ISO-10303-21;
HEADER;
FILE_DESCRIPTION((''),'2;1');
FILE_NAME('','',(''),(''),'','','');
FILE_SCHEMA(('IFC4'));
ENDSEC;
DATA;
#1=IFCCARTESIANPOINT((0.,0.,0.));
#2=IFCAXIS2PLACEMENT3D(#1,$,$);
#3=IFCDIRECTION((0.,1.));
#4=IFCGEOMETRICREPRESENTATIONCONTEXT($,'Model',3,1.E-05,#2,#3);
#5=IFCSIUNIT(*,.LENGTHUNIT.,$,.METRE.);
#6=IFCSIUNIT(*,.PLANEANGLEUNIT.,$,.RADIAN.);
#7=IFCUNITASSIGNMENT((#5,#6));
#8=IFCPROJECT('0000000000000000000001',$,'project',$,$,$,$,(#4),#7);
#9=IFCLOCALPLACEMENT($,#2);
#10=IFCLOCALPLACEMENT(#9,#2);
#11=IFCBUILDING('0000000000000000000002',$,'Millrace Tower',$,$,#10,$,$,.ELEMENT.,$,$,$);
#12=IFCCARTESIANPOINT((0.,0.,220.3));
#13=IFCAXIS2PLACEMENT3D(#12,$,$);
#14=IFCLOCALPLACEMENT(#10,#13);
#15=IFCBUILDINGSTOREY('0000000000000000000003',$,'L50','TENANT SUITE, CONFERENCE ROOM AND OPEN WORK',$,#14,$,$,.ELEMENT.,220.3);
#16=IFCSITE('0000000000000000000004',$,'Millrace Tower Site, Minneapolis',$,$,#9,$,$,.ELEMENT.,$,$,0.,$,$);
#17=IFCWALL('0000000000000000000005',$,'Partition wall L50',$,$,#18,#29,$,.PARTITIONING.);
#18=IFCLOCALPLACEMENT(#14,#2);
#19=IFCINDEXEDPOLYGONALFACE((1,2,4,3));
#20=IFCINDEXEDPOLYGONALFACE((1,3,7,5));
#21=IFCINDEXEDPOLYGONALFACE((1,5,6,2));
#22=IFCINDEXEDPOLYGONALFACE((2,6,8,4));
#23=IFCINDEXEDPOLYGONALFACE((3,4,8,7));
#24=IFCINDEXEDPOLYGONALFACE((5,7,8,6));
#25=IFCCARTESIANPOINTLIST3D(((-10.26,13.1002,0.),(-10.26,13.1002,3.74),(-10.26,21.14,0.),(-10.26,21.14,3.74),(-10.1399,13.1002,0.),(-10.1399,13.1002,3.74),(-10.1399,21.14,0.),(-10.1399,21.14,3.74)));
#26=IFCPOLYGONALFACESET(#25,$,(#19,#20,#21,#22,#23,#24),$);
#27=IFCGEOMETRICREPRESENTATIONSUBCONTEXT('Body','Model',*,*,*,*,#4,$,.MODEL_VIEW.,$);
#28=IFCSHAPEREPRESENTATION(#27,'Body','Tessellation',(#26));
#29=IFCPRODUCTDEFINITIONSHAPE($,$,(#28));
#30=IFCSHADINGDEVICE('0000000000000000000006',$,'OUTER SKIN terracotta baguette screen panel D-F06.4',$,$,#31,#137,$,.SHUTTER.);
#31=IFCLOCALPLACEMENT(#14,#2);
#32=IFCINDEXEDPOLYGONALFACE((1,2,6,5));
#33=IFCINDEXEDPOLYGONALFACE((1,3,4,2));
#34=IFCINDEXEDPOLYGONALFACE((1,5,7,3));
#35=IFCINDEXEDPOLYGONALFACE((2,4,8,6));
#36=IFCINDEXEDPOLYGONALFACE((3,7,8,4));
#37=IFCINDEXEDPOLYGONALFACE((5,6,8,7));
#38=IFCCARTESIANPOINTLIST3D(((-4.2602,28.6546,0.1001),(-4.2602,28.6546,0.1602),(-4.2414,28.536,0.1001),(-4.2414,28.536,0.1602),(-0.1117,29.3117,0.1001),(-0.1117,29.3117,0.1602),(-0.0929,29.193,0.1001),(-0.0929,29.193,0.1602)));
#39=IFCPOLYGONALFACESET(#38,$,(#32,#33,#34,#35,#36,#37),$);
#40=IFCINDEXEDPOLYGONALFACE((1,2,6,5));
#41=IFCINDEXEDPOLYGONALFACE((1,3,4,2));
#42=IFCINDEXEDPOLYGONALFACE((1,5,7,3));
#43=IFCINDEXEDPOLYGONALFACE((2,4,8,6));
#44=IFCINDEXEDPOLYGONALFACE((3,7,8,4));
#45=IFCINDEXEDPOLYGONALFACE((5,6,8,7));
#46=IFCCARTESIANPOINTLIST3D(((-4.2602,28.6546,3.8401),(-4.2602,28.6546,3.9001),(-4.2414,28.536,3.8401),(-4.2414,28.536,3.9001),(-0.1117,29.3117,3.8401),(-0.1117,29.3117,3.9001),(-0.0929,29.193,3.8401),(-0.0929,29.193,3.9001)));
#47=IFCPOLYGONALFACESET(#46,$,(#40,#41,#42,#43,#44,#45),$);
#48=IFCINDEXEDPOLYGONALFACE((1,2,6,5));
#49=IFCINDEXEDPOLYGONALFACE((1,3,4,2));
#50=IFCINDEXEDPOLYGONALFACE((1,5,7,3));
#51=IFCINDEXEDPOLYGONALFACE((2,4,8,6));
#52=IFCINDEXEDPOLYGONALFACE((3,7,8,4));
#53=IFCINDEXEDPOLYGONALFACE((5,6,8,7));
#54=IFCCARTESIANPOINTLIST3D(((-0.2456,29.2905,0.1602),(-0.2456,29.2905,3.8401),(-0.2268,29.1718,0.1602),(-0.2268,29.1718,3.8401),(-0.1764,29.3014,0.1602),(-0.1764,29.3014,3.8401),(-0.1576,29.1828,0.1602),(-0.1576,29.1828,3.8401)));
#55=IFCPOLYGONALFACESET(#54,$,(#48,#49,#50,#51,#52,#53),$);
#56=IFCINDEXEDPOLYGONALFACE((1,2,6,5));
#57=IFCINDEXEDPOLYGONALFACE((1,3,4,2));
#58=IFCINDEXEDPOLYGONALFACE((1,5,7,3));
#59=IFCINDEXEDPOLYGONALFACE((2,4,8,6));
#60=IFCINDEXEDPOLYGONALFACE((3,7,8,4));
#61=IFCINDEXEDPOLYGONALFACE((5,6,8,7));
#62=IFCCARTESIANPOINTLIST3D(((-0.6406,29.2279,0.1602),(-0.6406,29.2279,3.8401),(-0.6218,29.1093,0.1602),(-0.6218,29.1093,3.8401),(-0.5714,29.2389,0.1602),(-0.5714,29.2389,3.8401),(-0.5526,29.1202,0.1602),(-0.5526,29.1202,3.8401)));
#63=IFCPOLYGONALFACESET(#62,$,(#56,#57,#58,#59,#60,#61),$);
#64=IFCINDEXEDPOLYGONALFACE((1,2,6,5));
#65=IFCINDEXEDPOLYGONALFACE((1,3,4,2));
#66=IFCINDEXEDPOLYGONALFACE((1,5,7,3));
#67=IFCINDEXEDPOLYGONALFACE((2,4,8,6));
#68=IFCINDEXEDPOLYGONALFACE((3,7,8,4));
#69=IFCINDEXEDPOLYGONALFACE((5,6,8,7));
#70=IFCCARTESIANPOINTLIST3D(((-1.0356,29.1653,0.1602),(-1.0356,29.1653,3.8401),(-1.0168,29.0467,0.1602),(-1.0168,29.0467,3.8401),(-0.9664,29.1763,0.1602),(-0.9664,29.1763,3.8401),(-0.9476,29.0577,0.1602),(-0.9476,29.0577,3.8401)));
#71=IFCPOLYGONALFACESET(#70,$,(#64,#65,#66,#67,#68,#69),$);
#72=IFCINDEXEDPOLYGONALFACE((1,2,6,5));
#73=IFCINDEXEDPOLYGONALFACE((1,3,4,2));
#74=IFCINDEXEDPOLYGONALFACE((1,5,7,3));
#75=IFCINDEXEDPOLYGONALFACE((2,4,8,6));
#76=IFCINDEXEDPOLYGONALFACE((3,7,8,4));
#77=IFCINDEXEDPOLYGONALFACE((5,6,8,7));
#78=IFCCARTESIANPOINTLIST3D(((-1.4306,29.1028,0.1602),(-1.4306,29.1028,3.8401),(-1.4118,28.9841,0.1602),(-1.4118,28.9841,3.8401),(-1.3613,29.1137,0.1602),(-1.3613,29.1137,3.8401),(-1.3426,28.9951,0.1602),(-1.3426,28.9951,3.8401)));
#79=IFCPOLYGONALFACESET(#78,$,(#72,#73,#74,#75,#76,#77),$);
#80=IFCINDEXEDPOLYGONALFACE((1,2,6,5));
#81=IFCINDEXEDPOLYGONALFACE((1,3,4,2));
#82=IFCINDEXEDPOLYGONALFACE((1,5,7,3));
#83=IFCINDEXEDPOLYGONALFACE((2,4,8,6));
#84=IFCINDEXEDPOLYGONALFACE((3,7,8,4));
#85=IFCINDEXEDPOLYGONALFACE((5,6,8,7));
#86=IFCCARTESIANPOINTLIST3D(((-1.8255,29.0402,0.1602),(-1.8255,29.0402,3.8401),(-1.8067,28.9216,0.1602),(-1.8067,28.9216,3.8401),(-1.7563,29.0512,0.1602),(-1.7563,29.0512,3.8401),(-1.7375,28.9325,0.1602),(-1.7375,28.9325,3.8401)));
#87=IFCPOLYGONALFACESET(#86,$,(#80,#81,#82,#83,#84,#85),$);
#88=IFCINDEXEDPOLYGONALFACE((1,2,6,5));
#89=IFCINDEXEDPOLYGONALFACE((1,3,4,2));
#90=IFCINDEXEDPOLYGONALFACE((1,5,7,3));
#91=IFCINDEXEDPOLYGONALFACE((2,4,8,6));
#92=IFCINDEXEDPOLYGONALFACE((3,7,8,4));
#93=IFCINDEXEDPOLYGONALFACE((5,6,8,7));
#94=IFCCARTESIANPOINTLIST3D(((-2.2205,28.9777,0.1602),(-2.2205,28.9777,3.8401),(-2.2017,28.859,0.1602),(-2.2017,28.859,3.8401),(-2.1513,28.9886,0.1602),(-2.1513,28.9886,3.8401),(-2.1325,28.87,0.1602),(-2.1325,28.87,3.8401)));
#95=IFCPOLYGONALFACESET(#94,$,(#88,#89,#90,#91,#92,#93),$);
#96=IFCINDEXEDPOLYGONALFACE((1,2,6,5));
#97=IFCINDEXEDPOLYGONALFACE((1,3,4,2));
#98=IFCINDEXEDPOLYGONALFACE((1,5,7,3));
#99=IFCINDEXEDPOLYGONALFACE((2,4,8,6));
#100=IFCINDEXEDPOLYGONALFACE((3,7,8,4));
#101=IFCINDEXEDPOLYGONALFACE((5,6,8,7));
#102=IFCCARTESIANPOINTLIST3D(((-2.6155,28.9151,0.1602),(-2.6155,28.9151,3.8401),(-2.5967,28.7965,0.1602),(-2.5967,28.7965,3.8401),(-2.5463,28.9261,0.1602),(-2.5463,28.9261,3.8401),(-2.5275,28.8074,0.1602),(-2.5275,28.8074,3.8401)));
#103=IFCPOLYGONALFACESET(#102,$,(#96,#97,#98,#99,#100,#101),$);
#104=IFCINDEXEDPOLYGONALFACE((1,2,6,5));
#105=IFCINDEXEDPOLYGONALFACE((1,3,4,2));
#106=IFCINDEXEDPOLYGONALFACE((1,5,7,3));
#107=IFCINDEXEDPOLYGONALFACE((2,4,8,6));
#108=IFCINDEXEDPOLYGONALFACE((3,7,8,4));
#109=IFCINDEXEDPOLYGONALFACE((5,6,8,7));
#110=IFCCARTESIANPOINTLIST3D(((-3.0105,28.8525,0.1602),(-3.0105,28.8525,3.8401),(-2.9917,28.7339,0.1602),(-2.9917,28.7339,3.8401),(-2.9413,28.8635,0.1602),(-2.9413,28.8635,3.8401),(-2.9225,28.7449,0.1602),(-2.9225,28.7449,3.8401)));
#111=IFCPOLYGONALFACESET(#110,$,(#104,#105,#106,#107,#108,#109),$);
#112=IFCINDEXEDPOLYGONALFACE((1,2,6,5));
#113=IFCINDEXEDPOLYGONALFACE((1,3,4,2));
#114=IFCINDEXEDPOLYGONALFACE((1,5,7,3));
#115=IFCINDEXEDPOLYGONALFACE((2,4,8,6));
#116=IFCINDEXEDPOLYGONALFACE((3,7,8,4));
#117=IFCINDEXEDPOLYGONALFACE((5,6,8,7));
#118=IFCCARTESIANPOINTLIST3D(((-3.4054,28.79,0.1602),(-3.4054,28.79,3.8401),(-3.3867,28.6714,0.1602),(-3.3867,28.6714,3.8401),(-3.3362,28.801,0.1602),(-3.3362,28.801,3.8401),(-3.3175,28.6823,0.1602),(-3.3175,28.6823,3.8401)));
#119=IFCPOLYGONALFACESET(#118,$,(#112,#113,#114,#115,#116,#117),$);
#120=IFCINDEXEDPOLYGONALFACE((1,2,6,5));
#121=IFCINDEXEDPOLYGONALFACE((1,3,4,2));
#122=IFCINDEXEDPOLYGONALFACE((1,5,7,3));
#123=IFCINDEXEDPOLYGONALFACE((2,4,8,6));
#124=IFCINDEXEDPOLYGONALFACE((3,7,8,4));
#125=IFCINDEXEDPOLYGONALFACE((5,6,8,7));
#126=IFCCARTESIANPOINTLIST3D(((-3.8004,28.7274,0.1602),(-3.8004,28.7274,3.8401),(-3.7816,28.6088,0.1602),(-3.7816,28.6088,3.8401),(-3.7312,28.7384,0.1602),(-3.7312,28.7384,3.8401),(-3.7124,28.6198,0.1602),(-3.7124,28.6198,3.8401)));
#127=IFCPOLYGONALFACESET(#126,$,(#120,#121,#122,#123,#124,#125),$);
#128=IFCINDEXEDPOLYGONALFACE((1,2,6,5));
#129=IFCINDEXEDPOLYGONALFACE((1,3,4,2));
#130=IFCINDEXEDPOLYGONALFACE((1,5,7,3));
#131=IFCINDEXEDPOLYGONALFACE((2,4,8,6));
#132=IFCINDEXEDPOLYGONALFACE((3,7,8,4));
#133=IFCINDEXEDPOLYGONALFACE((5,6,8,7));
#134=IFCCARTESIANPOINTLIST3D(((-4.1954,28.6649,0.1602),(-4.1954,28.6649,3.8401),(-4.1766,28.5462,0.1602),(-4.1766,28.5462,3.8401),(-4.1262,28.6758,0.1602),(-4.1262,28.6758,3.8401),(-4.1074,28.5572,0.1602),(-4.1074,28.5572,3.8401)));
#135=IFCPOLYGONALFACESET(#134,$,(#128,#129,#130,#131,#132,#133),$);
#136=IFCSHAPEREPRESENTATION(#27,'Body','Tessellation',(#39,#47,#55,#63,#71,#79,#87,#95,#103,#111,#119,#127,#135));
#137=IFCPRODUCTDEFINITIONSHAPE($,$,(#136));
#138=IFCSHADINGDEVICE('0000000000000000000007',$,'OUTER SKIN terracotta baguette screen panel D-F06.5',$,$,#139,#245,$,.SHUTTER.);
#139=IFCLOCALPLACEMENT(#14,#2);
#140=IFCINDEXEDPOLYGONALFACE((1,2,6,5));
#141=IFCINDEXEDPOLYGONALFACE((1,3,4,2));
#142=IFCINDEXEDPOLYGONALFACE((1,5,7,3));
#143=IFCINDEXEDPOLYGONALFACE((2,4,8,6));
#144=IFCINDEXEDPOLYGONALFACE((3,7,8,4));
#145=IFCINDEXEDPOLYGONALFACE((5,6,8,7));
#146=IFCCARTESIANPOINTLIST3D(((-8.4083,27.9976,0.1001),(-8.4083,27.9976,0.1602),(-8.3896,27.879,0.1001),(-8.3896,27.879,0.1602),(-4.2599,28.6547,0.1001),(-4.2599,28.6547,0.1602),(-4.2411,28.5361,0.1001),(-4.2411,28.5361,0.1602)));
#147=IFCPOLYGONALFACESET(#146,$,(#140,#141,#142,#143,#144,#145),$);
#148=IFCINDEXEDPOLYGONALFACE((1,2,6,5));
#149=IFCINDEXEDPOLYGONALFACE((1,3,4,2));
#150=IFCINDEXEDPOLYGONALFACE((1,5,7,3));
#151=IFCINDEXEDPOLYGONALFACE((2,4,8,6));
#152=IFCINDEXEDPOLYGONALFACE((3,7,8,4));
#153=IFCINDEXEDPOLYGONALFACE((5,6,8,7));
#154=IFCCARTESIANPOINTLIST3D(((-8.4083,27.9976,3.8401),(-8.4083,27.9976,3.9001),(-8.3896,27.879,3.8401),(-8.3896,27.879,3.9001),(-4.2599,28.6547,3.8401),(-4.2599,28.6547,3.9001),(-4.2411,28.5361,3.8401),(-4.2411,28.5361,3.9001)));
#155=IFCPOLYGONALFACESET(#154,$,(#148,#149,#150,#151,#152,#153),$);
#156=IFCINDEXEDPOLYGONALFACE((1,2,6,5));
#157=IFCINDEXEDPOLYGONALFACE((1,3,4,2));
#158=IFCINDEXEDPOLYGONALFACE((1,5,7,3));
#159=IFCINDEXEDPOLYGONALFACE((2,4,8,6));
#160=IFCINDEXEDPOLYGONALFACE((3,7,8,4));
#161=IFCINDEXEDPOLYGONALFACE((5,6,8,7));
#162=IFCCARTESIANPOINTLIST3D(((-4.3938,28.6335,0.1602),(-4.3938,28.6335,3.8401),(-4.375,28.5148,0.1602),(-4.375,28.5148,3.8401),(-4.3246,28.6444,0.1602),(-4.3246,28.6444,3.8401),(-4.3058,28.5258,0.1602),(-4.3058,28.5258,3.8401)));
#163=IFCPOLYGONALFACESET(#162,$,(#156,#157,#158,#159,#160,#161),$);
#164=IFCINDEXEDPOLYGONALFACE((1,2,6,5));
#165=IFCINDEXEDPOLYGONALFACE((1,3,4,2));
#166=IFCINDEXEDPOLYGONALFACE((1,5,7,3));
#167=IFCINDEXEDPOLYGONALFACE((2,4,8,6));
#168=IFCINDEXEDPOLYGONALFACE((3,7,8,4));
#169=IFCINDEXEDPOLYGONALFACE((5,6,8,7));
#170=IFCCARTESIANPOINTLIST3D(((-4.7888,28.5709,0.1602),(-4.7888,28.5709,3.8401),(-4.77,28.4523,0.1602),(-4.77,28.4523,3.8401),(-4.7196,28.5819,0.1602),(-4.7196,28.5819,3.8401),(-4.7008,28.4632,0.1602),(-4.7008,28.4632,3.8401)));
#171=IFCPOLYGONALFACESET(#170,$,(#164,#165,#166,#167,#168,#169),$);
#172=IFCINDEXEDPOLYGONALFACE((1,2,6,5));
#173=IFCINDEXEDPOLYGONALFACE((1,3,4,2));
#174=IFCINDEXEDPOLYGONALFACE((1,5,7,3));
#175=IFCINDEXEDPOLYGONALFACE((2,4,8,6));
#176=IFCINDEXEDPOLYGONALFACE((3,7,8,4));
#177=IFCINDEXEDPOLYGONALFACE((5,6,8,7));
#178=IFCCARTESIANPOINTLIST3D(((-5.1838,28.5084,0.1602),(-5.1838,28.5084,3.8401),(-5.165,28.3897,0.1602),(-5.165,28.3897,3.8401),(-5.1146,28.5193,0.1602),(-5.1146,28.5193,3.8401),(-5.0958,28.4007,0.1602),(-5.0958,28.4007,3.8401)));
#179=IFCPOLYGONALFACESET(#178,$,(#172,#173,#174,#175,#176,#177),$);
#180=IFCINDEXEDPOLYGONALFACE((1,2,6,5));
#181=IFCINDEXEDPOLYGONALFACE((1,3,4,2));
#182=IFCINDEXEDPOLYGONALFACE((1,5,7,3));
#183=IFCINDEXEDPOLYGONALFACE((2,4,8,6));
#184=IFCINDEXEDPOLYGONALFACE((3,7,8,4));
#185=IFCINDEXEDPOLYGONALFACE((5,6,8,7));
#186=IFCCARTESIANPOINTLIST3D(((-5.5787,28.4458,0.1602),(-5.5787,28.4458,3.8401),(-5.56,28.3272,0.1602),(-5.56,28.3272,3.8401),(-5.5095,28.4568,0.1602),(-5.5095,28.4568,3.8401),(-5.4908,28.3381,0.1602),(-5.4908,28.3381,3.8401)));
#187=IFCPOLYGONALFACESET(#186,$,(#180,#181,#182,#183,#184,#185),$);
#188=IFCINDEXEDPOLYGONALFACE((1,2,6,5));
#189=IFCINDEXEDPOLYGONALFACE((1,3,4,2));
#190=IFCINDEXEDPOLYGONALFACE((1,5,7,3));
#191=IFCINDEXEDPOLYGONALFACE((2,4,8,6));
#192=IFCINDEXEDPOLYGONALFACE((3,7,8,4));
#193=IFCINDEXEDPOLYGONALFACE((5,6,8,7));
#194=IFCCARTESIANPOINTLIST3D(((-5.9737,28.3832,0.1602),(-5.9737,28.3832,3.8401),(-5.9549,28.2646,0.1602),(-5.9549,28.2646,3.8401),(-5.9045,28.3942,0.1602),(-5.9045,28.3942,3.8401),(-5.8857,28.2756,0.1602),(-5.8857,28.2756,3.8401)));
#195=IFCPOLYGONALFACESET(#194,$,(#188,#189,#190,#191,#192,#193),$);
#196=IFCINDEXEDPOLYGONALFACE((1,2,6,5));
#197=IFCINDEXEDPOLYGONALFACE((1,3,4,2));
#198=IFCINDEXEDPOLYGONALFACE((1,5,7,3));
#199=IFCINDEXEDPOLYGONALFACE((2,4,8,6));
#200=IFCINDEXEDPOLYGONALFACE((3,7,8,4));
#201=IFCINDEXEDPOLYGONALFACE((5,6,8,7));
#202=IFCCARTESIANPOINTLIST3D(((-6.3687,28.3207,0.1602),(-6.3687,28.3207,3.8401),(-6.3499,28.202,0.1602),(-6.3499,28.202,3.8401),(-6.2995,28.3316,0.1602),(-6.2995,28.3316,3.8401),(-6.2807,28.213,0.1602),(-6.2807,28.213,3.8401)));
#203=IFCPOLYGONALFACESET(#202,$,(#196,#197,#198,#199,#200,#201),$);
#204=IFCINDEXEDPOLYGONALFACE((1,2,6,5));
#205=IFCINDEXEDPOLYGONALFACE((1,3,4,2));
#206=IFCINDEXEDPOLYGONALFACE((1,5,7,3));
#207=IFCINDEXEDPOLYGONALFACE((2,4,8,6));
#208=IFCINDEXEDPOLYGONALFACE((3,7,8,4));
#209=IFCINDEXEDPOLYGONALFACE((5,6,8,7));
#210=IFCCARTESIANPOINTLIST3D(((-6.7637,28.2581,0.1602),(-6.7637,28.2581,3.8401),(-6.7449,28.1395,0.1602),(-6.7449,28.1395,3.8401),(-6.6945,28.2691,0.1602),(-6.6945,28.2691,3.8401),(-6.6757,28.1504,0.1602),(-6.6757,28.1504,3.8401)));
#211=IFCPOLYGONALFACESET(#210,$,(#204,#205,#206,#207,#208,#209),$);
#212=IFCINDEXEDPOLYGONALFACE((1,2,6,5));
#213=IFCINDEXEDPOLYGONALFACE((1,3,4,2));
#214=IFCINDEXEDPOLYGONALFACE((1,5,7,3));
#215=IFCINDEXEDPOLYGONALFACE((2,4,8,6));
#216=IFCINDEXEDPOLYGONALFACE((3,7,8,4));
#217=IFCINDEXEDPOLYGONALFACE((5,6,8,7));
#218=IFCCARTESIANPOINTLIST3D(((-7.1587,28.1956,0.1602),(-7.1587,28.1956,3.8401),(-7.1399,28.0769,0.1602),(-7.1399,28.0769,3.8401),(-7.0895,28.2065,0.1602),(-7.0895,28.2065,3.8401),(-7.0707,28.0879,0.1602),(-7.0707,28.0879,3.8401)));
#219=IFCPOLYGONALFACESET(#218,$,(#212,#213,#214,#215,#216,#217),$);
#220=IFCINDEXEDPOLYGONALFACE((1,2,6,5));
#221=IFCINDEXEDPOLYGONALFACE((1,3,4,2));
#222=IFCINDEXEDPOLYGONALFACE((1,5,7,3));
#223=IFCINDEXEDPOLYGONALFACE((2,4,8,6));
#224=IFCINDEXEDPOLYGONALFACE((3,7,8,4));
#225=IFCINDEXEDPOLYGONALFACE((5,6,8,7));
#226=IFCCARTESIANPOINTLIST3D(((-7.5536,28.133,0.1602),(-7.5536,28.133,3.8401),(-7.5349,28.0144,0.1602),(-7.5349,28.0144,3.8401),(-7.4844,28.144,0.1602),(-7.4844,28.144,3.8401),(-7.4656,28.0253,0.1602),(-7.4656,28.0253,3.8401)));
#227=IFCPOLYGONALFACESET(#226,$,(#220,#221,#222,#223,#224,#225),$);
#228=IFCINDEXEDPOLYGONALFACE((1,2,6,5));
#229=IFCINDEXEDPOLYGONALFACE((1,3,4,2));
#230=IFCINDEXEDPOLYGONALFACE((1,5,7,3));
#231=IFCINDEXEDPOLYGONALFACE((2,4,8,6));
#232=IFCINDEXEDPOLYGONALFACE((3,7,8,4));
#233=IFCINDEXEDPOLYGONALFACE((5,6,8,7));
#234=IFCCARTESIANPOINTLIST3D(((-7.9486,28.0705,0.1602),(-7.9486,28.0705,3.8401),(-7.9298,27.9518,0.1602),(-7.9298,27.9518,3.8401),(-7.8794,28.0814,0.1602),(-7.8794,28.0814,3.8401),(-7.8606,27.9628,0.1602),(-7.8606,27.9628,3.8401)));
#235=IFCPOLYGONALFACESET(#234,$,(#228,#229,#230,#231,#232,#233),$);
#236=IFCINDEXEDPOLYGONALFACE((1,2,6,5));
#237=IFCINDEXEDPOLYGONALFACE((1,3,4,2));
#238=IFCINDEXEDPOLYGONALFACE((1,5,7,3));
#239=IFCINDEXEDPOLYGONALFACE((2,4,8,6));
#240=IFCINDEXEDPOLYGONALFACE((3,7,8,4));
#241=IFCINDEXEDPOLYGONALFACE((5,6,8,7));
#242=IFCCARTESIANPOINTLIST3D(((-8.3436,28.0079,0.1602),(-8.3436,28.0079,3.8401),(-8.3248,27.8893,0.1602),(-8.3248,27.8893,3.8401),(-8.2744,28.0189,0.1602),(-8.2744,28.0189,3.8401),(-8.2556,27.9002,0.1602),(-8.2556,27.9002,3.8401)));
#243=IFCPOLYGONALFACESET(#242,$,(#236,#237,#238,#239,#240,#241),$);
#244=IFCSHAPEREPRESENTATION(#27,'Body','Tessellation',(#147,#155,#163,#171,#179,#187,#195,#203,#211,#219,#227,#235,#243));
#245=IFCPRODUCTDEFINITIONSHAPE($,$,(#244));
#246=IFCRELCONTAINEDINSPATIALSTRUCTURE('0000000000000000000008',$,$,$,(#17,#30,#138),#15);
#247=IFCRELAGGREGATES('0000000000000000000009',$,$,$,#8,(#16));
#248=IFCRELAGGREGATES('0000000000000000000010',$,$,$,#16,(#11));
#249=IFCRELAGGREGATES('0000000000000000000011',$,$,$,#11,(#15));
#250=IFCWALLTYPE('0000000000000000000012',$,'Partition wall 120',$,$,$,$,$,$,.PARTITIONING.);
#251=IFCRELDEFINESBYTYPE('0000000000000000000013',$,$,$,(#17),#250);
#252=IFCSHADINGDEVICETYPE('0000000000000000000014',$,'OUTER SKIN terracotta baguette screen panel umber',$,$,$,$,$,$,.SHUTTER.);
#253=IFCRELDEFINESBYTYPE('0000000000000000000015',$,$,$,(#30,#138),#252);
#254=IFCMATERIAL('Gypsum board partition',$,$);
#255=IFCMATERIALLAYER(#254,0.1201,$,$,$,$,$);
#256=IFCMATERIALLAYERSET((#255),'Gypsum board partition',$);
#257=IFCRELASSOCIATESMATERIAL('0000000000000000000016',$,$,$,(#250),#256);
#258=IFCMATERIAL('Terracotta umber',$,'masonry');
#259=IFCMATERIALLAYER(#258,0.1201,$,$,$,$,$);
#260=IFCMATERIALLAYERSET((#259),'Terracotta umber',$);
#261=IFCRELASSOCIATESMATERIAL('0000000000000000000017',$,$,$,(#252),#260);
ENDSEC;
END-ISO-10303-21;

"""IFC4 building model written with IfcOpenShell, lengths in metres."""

from ifc_helpers import new_model, entity, si_unit, direction, frame, frame_2d, origin, origin_2d, place, context, subcontext, project, spatial, rectangle, extrude, source, transform, mapped, material, layer, layer_set, type_object, element, save


model = new_model("IFC4")

# Units and contexts
model_context = context("Model", 3, precision=1e-05, world=origin(), true_north=direction((0.0, 1.0)))
body_context = subcontext(model_context, "Body", "Model", "MODEL_VIEW")
ifc_project = project(units=[si_unit("LENGTHUNIT", "METRE"), si_unit("PLANEANGLEUNIT", "RADIAN")], contexts=[model_context])

# Site, building, storey
site_placement = place(None, origin())
site = spatial("IfcSite", under=ifc_project, at=site_placement, Name="Millrace Tower Site, Minneapolis", CompositionType="ELEMENT", RefElevation=0.0)
building_placement = place(site_placement, origin())
building = spatial("IfcBuilding", under=site, at=building_placement, Name="Millrace Tower", CompositionType="ELEMENT")
storey_placement = place(building_placement, frame((0.0, 0.0, 220.3)))
storey = spatial("IfcBuildingStorey", under=building, at=storey_placement, Name="L50", Description="TENANT SUITE, CONFERENCE ROOM AND OPEN WORK", CompositionType="ELEMENT", Elevation=220.3)

# Wall
ifc_material_1 = material(Name="Gypsum board partition")
ifc_layer_1 = layer(ifc_material_1, 0.1201)
ifc_layer_set_1 = layer_set([ifc_layer_1], Name="Gypsum board partition")
wall_type_1 = type_object("IfcWallType", Name="Partition wall 120", PredefinedType="PARTITIONING", material=ifc_layer_set_1)
wall_1_placement = place(storey_placement, frame((-10.2, 13.1001, 0.0), z_axis=(0.0, 0.0, 1.0), x_axis=(0.0, 1.0, 0.0)))
element("IfcWall", 1, at=wall_1_placement, inside=storey, type_object=wall_type_1, Name="Partition wall L50", PredefinedType="PARTITIONING", context=body_context, shape_type="SweptSolid", body=[
    extrude(rectangle(XDim=8.0398, YDim=0.1201, at=frame_2d((4.02, 0.0))), origin(), (0.0, 0.0, 1.0), 3.74),
])

# Shading devices
ifc_material_2 = material(Name="Terracotta umber", Category="masonry")
ifc_layer_2 = layer(ifc_material_2, 0.1201)
ifc_layer_set_2 = layer_set([ifc_layer_2], Name="Terracotta umber")
shading_device_type = type_object("IfcShadingDeviceType", Name="OUTER SKIN terracotta baguette screen panel umber", PredefinedType="SHUTTER", material=ifc_layer_set_2)
cartesian_point = entity("IfcCartesianPoint", [-2.1001, 0.0601])
shared_polyline = entity("IfcPolyline", [cartesian_point, entity("IfcCartesianPoint", [2.1001, 0.0601]), entity("IfcCartesianPoint", [2.1001, -0.0601]), entity("IfcCartesianPoint", [-2.1001, -0.0601]), cartesian_point])
shared_shape = source(origin(), body_context, "Body", "SweptSolid", [
    entity("IfcExtrudedAreaSolid", entity("IfcArbitraryClosedProfileDef", "AREA", None, shared_polyline), entity("IfcAxis2Placement3D", entity("IfcCartesianPoint", [0.0, 0.0, 0.0])), entity("IfcDirection", [0.0, 0.0, 1.0]), 0.0601),
    entity("IfcExtrudedAreaSolid", entity("IfcArbitraryClosedProfileDef", "AREA", None, shared_polyline), entity("IfcAxis2Placement3D", entity("IfcCartesianPoint", [0.0, 0.0, 3.74])), entity("IfcDirection", [0.0, 0.0, 1.0]), 0.0601),
    extrude(rectangle(XDim=0.0701, YDim=0.1201, at=frame_2d((-1.9995, 0.0))), frame((0.0, 0.0, 0.0601)), (0.0, 0.0, 1.0), 3.6799),
    extrude(rectangle(XDim=0.0701, YDim=0.1201, at=frame_2d((-1.5996, 0.0))), frame((0.0, 0.0, 0.0601)), (0.0, 0.0, 1.0), 3.6799),
    extrude(rectangle(XDim=0.0701, YDim=0.1201, at=frame_2d((-1.1997, 0.0))), frame((0.0, 0.0, 0.0601)), (0.0, 0.0, 1.0), 3.6799),
    extrude(rectangle(XDim=0.0701, YDim=0.1201, at=frame_2d((-0.7998, 0.0))), frame((0.0, 0.0, 0.0601)), (0.0, 0.0, 1.0), 3.6799),
    extrude(rectangle(XDim=0.0701, YDim=0.1201, at=frame_2d((-0.3999, 0.0))), frame((0.0, 0.0, 0.0601)), (0.0, 0.0, 1.0), 3.6799),
    extrude(rectangle(XDim=0.0701, YDim=0.1201, at=origin_2d()), frame((0.0, 0.0, 0.0601)), (0.0, 0.0, 1.0), 3.6799),
    extrude(rectangle(XDim=0.0701, YDim=0.1201, at=frame_2d((0.3999, 0.0))), frame((0.0, 0.0, 0.0601)), (0.0, 0.0, 1.0), 3.6799),
    extrude(rectangle(XDim=0.0701, YDim=0.1201, at=frame_2d((0.7998, 0.0))), frame((0.0, 0.0, 0.0601)), (0.0, 0.0, 1.0), 3.6799),
    extrude(rectangle(XDim=0.0701, YDim=0.1201, at=frame_2d((1.1997, 0.0))), frame((0.0, 0.0, 0.0601)), (0.0, 0.0, 1.0), 3.6799),
    extrude(rectangle(XDim=0.0701, YDim=0.1201, at=frame_2d((1.5996, 0.0))), frame((0.0, 0.0, 0.0601)), (0.0, 0.0, 1.0), 3.6799),
    extrude(rectangle(XDim=0.0701, YDim=0.1201, at=frame_2d((1.9995, 0.0))), frame((0.0, 0.0, 0.0601)), (0.0, 0.0, 1.0), 3.6799),
])
for number, where, z_axis, x_axis, name in (
    (2, (-2.1765, 28.9238, 0.1001), (0.0, 0.0, 1.0), (-0.987688, -0.156434, 0.0), "OUTER SKIN terracotta baguette screen panel D-F06.4"),
    (3, (-6.3247, 28.2668, 0.1001), (0.0, 0.0, 1.0), (-0.987688, -0.156434, 0.0), "OUTER SKIN terracotta baguette screen panel D-F06.5"),
):
    element("IfcShadingDevice", number, at=place(storey_placement, frame(where, z_axis=z_axis, x_axis=x_axis)), inside=storey, type_object=shading_device_type, Name=name, PredefinedType="SHUTTER", context=body_context, shape_type="MappedRepresentation", body=[
        mapped(shared_shape, transform((0.0, 0.0, 0.0), scale=1.0)),
    ])

save(model, "model.ifc")
